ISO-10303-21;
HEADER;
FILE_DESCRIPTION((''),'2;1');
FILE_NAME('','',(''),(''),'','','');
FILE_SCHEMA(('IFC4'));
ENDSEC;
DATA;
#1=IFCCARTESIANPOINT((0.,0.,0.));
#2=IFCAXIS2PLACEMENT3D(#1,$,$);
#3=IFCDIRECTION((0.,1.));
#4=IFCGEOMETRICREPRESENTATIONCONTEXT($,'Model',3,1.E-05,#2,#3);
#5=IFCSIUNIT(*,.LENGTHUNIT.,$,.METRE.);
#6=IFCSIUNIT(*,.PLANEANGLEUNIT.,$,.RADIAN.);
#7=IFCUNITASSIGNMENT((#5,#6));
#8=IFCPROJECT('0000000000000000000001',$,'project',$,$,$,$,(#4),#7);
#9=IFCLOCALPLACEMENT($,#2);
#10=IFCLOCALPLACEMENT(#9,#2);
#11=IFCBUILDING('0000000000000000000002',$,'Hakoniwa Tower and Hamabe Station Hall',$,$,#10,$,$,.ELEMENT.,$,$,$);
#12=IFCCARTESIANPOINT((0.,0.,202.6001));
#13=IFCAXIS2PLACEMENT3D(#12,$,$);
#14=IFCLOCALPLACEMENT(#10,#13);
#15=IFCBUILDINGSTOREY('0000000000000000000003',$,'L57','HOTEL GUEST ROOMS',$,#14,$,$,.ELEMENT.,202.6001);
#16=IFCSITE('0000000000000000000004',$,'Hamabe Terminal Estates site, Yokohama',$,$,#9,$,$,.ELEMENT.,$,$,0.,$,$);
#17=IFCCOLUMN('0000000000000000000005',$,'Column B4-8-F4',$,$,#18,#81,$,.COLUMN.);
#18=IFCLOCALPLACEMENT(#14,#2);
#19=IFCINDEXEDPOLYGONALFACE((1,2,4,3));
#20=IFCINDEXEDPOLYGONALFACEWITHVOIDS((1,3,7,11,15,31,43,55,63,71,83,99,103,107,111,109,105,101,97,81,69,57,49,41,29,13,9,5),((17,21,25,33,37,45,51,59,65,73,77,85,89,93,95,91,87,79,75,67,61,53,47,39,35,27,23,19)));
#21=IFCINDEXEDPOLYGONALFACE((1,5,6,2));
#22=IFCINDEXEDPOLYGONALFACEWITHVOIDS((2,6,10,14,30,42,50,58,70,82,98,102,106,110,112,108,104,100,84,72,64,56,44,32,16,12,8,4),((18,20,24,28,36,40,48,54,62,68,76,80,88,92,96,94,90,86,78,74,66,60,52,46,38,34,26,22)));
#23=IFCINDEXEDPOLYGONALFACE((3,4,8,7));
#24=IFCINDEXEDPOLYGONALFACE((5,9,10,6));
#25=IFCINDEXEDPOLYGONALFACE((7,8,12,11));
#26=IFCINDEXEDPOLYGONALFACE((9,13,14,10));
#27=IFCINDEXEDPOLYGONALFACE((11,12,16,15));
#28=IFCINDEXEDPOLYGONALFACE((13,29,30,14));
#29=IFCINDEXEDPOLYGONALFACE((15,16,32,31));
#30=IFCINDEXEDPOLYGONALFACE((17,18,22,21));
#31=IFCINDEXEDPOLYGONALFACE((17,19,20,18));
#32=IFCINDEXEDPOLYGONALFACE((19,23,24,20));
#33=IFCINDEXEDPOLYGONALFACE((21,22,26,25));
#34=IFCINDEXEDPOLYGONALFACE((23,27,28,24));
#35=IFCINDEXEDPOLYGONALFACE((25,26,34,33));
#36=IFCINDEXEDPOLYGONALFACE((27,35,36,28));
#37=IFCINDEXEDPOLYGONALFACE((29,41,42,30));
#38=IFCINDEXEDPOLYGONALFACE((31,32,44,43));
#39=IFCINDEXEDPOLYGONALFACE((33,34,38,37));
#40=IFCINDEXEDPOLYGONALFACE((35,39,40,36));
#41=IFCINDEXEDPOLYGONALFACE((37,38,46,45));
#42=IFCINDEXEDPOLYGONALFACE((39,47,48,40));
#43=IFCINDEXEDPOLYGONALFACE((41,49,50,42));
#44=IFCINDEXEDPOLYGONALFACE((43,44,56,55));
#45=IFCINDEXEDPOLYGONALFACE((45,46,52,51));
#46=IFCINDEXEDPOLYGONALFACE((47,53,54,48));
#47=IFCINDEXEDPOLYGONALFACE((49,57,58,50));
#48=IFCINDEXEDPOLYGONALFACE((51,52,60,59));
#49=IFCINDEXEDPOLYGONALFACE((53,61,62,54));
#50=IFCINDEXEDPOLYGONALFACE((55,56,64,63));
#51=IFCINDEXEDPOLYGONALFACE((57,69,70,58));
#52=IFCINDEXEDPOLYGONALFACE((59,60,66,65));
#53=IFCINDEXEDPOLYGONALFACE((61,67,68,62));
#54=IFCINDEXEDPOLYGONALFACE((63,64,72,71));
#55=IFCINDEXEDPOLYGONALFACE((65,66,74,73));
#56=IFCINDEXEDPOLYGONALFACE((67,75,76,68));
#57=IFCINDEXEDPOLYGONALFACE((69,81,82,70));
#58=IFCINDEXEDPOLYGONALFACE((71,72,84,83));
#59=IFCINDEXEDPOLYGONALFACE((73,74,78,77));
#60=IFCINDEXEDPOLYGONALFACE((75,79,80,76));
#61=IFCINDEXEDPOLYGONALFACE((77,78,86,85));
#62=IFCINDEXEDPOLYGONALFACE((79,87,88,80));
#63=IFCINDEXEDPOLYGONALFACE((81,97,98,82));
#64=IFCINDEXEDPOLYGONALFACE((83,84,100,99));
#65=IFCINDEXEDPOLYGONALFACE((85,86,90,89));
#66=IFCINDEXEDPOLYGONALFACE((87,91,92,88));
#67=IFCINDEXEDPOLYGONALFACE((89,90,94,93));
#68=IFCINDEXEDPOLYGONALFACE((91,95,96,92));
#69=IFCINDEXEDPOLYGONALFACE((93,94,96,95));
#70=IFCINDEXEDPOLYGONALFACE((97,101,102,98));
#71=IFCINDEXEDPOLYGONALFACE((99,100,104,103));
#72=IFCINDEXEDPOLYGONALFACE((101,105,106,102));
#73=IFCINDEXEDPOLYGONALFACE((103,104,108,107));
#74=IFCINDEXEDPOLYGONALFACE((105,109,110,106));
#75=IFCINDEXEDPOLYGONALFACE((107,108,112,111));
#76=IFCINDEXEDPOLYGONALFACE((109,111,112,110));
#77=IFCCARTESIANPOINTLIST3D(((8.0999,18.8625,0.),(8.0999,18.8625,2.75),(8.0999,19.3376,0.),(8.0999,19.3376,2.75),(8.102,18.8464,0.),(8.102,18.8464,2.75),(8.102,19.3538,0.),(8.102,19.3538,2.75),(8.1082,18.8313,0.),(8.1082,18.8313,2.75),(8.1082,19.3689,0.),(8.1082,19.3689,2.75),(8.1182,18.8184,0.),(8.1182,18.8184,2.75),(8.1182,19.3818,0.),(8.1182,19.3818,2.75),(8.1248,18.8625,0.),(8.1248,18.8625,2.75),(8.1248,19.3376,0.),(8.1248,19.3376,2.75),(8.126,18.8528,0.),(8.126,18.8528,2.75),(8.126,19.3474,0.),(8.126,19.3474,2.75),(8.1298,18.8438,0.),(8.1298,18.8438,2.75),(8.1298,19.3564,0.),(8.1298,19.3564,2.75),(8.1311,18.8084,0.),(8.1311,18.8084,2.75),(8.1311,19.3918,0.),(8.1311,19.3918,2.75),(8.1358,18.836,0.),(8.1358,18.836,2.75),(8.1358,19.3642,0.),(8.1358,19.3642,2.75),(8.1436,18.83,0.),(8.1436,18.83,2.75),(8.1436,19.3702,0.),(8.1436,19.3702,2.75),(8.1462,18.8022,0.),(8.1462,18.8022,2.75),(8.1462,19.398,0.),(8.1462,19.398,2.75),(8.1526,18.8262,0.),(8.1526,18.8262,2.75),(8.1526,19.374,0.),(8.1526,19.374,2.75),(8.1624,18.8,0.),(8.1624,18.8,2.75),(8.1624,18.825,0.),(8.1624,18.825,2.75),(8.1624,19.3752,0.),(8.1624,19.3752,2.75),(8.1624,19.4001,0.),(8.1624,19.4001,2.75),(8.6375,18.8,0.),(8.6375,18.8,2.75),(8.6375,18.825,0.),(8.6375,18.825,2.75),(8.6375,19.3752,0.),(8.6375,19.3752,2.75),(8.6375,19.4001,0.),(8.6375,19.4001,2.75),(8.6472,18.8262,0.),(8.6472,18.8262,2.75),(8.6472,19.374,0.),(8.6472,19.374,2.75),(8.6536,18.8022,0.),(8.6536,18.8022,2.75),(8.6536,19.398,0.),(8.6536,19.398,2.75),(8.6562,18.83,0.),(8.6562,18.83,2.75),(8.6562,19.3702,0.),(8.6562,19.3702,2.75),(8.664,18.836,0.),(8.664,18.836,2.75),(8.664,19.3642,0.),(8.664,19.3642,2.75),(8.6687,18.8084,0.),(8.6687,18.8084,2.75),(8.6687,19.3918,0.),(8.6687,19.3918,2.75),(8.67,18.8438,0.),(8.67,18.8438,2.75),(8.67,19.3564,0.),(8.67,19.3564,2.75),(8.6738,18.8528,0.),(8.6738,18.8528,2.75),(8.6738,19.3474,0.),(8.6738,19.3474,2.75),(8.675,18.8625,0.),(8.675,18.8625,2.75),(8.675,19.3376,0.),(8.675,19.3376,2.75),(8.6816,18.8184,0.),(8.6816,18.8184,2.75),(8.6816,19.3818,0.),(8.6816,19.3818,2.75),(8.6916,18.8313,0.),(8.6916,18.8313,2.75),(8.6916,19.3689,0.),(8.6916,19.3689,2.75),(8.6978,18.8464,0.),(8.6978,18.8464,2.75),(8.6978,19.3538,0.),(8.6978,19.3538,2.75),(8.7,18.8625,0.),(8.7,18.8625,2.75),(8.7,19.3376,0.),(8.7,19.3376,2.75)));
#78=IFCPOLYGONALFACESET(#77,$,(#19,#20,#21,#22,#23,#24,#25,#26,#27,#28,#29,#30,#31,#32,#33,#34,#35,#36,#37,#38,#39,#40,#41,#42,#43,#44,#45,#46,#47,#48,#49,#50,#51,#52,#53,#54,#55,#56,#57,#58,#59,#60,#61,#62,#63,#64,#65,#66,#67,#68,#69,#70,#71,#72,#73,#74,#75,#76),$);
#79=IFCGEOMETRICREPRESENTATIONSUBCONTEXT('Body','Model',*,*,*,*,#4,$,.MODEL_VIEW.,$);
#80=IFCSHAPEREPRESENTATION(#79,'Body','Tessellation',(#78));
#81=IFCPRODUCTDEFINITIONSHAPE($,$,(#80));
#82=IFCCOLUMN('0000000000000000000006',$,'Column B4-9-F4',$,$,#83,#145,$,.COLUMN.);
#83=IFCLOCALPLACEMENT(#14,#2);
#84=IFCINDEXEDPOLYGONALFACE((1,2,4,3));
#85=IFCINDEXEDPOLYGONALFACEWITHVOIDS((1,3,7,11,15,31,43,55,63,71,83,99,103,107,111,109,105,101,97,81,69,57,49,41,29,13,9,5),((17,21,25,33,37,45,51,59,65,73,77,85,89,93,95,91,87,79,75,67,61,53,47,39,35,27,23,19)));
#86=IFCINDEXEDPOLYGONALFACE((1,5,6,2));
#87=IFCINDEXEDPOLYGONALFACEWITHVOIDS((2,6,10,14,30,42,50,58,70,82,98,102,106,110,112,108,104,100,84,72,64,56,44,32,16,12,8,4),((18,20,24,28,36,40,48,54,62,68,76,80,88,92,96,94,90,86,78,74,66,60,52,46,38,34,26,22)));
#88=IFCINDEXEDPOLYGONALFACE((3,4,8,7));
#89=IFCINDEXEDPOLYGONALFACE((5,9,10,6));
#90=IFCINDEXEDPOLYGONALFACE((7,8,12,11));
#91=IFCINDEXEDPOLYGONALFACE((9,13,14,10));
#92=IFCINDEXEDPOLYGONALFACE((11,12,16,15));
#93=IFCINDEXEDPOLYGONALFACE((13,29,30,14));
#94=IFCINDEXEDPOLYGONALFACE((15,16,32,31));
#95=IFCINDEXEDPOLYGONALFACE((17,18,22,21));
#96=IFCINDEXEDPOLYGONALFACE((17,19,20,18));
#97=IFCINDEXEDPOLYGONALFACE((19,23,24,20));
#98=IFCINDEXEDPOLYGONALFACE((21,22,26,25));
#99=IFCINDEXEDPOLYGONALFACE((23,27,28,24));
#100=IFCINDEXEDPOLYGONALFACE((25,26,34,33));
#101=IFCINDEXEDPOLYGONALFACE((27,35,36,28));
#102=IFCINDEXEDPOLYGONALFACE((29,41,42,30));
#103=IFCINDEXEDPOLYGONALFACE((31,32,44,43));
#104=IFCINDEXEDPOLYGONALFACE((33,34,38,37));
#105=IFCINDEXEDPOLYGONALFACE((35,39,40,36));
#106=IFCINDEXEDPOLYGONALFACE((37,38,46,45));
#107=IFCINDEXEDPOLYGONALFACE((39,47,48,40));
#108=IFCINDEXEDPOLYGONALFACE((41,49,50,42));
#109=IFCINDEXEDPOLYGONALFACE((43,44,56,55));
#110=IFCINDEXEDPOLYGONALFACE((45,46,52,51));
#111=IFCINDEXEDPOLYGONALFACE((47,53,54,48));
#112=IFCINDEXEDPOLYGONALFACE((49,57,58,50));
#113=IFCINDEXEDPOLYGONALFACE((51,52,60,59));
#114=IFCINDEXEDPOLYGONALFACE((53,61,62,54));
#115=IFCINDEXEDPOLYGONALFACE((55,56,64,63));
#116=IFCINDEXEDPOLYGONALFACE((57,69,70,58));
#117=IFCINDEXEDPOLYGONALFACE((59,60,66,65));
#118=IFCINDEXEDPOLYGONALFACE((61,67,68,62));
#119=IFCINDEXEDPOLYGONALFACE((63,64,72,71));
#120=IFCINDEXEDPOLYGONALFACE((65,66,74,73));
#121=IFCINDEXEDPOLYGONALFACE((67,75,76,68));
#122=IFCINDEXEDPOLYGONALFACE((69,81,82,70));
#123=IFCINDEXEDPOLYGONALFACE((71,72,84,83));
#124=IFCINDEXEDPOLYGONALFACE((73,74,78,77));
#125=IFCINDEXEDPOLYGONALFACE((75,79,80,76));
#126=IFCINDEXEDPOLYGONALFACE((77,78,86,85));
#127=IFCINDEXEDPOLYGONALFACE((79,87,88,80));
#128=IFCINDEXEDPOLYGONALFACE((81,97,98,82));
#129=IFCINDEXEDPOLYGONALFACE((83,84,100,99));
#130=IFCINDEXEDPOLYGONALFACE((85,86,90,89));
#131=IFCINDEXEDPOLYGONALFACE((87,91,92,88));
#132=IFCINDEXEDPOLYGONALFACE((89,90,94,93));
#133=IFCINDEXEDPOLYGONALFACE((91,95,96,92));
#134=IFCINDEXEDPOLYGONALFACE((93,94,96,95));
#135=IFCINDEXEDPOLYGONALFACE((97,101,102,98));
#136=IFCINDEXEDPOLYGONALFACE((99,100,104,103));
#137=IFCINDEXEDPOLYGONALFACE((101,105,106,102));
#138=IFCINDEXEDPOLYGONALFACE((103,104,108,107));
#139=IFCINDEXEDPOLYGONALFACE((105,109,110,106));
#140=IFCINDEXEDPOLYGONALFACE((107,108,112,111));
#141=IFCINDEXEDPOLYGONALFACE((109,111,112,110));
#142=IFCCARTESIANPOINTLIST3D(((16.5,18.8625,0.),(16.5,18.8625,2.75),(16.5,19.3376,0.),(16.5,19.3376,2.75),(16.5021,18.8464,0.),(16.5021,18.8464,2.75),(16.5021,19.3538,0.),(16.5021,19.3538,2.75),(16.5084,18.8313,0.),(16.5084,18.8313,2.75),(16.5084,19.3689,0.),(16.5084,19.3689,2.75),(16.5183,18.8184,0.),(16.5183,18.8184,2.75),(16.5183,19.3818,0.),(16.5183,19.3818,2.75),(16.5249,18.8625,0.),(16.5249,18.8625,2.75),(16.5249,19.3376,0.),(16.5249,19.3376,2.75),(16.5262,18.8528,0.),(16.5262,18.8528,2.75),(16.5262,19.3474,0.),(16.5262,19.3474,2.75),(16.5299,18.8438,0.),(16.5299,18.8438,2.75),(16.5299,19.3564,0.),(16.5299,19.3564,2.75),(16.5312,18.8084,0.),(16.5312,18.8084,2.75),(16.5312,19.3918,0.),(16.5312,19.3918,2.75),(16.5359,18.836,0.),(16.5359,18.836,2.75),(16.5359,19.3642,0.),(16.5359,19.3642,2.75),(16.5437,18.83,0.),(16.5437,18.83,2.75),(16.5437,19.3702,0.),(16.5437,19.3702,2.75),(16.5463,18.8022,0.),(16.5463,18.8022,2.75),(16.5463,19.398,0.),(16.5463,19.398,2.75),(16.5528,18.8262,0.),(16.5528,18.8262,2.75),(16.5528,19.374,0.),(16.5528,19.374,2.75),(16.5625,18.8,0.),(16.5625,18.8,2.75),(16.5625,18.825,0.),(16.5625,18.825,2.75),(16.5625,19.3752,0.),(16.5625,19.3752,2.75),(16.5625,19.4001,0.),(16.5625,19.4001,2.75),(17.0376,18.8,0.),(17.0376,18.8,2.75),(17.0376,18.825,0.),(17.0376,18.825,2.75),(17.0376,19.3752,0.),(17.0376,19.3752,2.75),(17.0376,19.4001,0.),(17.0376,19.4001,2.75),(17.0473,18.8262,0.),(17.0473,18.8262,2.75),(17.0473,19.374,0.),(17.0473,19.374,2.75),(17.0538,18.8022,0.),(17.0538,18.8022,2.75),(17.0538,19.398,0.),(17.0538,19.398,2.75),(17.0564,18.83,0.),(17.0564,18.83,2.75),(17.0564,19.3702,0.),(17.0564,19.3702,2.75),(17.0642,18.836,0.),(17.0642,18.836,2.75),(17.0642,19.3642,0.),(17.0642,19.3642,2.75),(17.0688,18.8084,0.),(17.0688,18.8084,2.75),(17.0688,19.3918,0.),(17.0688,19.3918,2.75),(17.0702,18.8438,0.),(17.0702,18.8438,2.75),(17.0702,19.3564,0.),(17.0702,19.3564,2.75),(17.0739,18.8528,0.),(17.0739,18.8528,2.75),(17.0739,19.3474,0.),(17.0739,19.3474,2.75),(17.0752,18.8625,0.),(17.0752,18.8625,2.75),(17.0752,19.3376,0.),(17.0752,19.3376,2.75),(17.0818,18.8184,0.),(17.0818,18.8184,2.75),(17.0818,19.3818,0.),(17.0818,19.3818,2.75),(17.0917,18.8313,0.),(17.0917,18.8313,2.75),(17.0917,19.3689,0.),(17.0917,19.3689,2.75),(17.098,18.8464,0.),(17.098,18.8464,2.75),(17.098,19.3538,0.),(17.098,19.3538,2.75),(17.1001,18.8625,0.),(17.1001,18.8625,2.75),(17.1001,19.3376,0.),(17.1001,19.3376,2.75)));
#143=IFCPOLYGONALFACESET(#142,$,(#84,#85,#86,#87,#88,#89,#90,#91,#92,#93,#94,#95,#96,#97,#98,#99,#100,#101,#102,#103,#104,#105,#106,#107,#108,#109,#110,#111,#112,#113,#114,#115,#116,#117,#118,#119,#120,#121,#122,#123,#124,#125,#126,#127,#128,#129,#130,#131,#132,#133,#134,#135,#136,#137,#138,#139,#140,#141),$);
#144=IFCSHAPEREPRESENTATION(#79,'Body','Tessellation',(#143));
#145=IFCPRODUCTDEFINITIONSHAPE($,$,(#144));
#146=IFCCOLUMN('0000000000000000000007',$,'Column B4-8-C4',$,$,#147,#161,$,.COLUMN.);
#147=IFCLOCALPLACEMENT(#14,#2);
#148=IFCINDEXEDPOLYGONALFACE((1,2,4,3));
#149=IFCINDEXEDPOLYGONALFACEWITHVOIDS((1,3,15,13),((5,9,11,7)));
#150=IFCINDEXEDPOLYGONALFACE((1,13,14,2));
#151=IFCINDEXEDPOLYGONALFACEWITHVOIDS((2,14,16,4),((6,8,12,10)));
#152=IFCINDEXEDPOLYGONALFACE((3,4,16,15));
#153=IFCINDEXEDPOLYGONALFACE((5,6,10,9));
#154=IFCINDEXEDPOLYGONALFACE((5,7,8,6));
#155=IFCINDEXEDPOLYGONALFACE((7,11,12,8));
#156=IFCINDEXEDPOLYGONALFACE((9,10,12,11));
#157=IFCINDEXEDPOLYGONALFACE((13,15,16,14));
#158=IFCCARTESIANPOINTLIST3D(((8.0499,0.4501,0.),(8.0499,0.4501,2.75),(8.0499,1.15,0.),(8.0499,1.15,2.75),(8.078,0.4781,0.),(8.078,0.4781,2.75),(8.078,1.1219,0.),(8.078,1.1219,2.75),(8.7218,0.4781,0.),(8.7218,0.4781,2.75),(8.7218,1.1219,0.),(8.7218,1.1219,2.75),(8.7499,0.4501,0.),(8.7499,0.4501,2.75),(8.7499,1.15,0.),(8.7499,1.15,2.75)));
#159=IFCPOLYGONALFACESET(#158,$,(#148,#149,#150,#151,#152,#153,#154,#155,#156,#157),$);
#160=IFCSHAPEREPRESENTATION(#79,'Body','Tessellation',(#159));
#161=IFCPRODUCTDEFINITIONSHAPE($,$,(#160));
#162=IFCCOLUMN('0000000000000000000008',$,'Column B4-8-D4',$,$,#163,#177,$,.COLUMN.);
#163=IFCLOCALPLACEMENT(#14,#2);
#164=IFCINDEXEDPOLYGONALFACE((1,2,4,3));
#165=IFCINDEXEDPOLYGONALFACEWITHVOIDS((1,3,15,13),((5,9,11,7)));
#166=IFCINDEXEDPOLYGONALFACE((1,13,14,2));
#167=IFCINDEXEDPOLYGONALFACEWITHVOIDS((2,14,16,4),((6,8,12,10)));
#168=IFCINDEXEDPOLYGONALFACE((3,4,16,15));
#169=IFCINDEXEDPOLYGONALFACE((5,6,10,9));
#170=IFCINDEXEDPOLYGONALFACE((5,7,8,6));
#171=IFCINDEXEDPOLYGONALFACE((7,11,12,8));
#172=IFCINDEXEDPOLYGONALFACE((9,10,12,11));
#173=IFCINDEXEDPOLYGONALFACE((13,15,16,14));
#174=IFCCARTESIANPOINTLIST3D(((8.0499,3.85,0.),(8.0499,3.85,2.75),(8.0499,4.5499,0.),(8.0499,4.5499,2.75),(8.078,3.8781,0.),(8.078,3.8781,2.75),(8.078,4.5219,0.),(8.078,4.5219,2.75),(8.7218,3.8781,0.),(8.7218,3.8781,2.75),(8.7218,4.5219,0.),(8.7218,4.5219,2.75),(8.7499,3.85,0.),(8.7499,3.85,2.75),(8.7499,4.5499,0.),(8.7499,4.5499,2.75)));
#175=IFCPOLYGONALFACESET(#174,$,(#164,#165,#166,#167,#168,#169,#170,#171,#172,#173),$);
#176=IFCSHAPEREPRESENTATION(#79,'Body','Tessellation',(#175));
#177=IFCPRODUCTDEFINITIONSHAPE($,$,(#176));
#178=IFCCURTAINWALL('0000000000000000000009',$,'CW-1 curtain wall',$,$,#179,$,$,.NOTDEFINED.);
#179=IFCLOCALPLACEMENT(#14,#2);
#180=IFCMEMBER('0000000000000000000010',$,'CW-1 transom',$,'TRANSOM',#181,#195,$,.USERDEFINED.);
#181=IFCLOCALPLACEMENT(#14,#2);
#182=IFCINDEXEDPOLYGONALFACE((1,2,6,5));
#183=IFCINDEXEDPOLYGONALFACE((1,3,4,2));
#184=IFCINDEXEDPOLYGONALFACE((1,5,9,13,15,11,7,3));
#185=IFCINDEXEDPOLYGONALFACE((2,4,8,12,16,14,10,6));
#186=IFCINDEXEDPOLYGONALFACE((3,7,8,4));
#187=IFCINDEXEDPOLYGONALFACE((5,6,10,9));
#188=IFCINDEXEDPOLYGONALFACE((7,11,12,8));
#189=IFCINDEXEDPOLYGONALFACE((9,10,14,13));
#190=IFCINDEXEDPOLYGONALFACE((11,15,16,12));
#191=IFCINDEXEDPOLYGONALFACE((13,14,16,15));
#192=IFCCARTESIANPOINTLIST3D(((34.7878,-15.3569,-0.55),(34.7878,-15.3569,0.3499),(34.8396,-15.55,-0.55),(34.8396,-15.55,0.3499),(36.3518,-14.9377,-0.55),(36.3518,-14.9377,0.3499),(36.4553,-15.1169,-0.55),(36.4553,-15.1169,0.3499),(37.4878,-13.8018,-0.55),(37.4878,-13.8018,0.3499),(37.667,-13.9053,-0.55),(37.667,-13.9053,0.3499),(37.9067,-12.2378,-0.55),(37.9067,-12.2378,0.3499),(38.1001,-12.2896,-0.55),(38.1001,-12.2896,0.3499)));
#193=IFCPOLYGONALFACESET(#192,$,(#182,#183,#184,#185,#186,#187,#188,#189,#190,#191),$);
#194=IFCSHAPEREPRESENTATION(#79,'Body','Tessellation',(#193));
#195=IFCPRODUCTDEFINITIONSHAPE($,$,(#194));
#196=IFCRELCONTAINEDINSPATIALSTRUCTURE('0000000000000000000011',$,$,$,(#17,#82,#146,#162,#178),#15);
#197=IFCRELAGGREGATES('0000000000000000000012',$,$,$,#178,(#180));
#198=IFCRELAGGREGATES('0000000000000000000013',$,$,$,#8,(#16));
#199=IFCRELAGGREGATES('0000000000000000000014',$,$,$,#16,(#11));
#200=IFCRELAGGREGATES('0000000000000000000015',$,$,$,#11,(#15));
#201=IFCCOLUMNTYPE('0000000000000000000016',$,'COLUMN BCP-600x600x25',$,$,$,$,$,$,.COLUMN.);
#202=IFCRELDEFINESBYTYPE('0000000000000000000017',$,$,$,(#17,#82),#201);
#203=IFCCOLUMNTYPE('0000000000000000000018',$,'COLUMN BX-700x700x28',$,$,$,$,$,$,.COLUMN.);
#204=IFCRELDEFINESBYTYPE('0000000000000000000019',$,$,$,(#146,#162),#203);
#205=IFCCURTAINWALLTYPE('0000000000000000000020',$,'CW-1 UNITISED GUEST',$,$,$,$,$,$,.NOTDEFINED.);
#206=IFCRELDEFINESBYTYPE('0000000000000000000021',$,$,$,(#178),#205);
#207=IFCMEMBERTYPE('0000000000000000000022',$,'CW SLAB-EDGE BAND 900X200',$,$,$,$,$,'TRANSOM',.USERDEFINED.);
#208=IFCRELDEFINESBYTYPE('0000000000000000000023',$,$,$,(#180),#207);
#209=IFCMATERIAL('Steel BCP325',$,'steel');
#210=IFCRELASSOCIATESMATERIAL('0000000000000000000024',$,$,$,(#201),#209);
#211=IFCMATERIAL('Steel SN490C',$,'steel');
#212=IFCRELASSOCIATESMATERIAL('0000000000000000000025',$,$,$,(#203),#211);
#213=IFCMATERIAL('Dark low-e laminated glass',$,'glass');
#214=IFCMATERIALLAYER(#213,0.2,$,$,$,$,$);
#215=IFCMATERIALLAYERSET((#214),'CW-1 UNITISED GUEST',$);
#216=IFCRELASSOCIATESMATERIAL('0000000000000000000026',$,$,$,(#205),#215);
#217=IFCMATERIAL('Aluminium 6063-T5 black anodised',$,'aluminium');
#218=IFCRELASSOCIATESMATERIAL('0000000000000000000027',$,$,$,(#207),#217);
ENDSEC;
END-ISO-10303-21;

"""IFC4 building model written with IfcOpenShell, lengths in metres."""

from ifc_helpers import new_model, si_unit, direction, frame, origin, origin_2d, place, context, subcontext, project, spatial, polyline, rectangle, hollow_rectangle, outline, extrude, material, layer, layer_set, material_profile, profile_set, type_object, element, aggregate, save


model = new_model("IFC4")

# Units and contexts
model_context = context("Model", 3, precision=1e-05, world=origin(), true_north=direction((0.0, 1.0)))
body_context = subcontext(model_context, "Body", "Model", "MODEL_VIEW")
ifc_project = project(units=[si_unit("LENGTHUNIT", "METRE"), si_unit("PLANEANGLEUNIT", "RADIAN")], contexts=[model_context])

# Site, building, storey
site_placement = place(None, origin())
site = spatial("IfcSite", under=ifc_project, at=site_placement, Name="Hamabe Terminal Estates site, Yokohama", CompositionType="ELEMENT", RefElevation=0.0)
building_placement = place(site_placement, origin())
building = spatial("IfcBuilding", under=site, at=building_placement, Name="Hakoniwa Tower and Hamabe Station Hall", CompositionType="ELEMENT")
storey_placement = place(building_placement, frame((0.0, 0.0, 202.6001)))
storey = spatial("IfcBuildingStorey", under=building, at=storey_placement, Name="L57", Description="HOTEL GUEST ROOMS", CompositionType="ELEMENT", Elevation=202.6001)

# Columns
ifc_material_1 = material(Name="Steel BCP325", Category="steel")
ifc_material_profile_1 = material_profile(ifc_material_1, hollow_rectangle(XDim=0.6001, YDim=0.6001, WallThickness=0.0249, InnerFilletRadius=0.0376, OuterFilletRadius=0.0625, at=origin_2d()), Name="BCP-600x600x25")
ifc_profile_set_1 = profile_set([ifc_material_profile_1], Name="Steel BCP325")
column_type_1 = type_object("IfcColumnType", Name="COLUMN BCP-600x600x25", PredefinedType="COLUMN", material=ifc_profile_set_1)
for number, where, z_axis, x_axis, name in (
    (1, (8.3999, 19.1001, 0.0), (0.0, 0.0, 1.0), (1.0, 0.0, 0.0), "Column B4-8-F4"),
    (2, (16.8, 19.1001, 0.0), (0.0, 0.0, 1.0), (1.0, 0.0, 0.0), "Column B4-9-F4"),
):
    element("IfcColumn", number, at=place(storey_placement, frame(where, z_axis=z_axis, x_axis=x_axis)), inside=storey, type_object=column_type_1, Name=name, PredefinedType="COLUMN", context=body_context, shape_type="SweptSolid", body=[
        extrude(hollow_rectangle(XDim=0.6001, YDim=0.6001, WallThickness=0.0249, InnerFilletRadius=0.0376, OuterFilletRadius=0.0625, at=origin_2d()), origin(), (0.0, 0.0, 1.0), 2.75),
    ])
ifc_material_2 = material(Name="Steel SN490C", Category="steel")
ifc_material_profile_2 = material_profile(ifc_material_2, hollow_rectangle(XDim=0.7, YDim=0.7, WallThickness=0.0281, at=origin_2d()), Name="BX-700x700x28")
ifc_profile_set_2 = profile_set([ifc_material_profile_2], Name="Steel SN490C")
column_type_2 = type_object("IfcColumnType", Name="COLUMN BX-700x700x28", PredefinedType="COLUMN", material=ifc_profile_set_2)
for number, where, z_axis, x_axis, name in (
    (3, (8.3999, 0.8, 0.0), (0.0, 0.0, 1.0), (1.0, 0.0, 0.0), "Column B4-8-C4"),
    (4, (8.3999, 4.2, 0.0), (0.0, 0.0, 1.0), (1.0, 0.0, 0.0), "Column B4-8-D4"),
):
    element("IfcColumn", number, at=place(storey_placement, frame(where, z_axis=z_axis, x_axis=x_axis)), inside=storey, type_object=column_type_2, Name=name, PredefinedType="COLUMN", context=body_context, shape_type="SweptSolid", body=[
        extrude(hollow_rectangle(XDim=0.7, YDim=0.7, WallThickness=0.0281, at=origin_2d()), origin(), (0.0, 0.0, 1.0), 2.75),
    ])

# Curtain wall, member
ifc_material_3 = material(Name="Dark low-e laminated glass", Category="glass")
ifc_layer_1 = layer(ifc_material_3, 0.2)
ifc_layer_set_1 = layer_set([ifc_layer_1], Name="CW-1 UNITISED GUEST")
curtain_wall_type = type_object("IfcCurtainWallType", Name="CW-1 UNITISED GUEST", PredefinedType="NOTDEFINED", material=ifc_layer_set_1)
curtain_wall_1_placement = place(storey_placement, origin())
curtain_wall_1 = element("IfcCurtainWall", 5, at=curtain_wall_1_placement, inside=storey, type_object=curtain_wall_type, Name="CW-1 curtain wall", PredefinedType="NOTDEFINED")
ifc_material_4 = material(Name="Aluminium 6063-T5 black anodised", Category="aluminium")
ifc_material_profile_3 = material_profile(ifc_material_4, rectangle(XDim=0.2, YDim=0.8999, at=origin_2d()), Name="CW SLAB-EDGE BAND 900X200")
ifc_profile_set_3 = profile_set([ifc_material_profile_3], Name="Aluminium 6063-T5 black anodised")
member_type_1 = type_object("IfcMemberType", Name="CW SLAB-EDGE BAND 900X200", ElementType="TRANSOM", PredefinedType="USERDEFINED", material=ifc_profile_set_3)
member_1_placement = place(storey_placement, frame((0.0, 0.0, -0.55)))
member_1 = element("IfcMember", 6, at=member_1_placement, type_object=member_type_1, Name="CW-1 transom", ObjectType="TRANSOM", PredefinedType="USERDEFINED", context=body_context, shape_type="SweptSolid", body=[
    extrude(outline(polyline([(34.8396, -15.55), (36.4553, -15.1169), (37.667, -13.9053), (38.1001, -12.2896), (37.9067, -12.2378), (37.4878, -13.8018), (36.3518, -14.9377), (34.7878, -15.3569), (34.8396, -15.55)])), origin(), (0.0, 0.0, 1.0), 0.8999),
])

aggregate(curtain_wall_1, [member_1])

save(model, "model.ifc")
